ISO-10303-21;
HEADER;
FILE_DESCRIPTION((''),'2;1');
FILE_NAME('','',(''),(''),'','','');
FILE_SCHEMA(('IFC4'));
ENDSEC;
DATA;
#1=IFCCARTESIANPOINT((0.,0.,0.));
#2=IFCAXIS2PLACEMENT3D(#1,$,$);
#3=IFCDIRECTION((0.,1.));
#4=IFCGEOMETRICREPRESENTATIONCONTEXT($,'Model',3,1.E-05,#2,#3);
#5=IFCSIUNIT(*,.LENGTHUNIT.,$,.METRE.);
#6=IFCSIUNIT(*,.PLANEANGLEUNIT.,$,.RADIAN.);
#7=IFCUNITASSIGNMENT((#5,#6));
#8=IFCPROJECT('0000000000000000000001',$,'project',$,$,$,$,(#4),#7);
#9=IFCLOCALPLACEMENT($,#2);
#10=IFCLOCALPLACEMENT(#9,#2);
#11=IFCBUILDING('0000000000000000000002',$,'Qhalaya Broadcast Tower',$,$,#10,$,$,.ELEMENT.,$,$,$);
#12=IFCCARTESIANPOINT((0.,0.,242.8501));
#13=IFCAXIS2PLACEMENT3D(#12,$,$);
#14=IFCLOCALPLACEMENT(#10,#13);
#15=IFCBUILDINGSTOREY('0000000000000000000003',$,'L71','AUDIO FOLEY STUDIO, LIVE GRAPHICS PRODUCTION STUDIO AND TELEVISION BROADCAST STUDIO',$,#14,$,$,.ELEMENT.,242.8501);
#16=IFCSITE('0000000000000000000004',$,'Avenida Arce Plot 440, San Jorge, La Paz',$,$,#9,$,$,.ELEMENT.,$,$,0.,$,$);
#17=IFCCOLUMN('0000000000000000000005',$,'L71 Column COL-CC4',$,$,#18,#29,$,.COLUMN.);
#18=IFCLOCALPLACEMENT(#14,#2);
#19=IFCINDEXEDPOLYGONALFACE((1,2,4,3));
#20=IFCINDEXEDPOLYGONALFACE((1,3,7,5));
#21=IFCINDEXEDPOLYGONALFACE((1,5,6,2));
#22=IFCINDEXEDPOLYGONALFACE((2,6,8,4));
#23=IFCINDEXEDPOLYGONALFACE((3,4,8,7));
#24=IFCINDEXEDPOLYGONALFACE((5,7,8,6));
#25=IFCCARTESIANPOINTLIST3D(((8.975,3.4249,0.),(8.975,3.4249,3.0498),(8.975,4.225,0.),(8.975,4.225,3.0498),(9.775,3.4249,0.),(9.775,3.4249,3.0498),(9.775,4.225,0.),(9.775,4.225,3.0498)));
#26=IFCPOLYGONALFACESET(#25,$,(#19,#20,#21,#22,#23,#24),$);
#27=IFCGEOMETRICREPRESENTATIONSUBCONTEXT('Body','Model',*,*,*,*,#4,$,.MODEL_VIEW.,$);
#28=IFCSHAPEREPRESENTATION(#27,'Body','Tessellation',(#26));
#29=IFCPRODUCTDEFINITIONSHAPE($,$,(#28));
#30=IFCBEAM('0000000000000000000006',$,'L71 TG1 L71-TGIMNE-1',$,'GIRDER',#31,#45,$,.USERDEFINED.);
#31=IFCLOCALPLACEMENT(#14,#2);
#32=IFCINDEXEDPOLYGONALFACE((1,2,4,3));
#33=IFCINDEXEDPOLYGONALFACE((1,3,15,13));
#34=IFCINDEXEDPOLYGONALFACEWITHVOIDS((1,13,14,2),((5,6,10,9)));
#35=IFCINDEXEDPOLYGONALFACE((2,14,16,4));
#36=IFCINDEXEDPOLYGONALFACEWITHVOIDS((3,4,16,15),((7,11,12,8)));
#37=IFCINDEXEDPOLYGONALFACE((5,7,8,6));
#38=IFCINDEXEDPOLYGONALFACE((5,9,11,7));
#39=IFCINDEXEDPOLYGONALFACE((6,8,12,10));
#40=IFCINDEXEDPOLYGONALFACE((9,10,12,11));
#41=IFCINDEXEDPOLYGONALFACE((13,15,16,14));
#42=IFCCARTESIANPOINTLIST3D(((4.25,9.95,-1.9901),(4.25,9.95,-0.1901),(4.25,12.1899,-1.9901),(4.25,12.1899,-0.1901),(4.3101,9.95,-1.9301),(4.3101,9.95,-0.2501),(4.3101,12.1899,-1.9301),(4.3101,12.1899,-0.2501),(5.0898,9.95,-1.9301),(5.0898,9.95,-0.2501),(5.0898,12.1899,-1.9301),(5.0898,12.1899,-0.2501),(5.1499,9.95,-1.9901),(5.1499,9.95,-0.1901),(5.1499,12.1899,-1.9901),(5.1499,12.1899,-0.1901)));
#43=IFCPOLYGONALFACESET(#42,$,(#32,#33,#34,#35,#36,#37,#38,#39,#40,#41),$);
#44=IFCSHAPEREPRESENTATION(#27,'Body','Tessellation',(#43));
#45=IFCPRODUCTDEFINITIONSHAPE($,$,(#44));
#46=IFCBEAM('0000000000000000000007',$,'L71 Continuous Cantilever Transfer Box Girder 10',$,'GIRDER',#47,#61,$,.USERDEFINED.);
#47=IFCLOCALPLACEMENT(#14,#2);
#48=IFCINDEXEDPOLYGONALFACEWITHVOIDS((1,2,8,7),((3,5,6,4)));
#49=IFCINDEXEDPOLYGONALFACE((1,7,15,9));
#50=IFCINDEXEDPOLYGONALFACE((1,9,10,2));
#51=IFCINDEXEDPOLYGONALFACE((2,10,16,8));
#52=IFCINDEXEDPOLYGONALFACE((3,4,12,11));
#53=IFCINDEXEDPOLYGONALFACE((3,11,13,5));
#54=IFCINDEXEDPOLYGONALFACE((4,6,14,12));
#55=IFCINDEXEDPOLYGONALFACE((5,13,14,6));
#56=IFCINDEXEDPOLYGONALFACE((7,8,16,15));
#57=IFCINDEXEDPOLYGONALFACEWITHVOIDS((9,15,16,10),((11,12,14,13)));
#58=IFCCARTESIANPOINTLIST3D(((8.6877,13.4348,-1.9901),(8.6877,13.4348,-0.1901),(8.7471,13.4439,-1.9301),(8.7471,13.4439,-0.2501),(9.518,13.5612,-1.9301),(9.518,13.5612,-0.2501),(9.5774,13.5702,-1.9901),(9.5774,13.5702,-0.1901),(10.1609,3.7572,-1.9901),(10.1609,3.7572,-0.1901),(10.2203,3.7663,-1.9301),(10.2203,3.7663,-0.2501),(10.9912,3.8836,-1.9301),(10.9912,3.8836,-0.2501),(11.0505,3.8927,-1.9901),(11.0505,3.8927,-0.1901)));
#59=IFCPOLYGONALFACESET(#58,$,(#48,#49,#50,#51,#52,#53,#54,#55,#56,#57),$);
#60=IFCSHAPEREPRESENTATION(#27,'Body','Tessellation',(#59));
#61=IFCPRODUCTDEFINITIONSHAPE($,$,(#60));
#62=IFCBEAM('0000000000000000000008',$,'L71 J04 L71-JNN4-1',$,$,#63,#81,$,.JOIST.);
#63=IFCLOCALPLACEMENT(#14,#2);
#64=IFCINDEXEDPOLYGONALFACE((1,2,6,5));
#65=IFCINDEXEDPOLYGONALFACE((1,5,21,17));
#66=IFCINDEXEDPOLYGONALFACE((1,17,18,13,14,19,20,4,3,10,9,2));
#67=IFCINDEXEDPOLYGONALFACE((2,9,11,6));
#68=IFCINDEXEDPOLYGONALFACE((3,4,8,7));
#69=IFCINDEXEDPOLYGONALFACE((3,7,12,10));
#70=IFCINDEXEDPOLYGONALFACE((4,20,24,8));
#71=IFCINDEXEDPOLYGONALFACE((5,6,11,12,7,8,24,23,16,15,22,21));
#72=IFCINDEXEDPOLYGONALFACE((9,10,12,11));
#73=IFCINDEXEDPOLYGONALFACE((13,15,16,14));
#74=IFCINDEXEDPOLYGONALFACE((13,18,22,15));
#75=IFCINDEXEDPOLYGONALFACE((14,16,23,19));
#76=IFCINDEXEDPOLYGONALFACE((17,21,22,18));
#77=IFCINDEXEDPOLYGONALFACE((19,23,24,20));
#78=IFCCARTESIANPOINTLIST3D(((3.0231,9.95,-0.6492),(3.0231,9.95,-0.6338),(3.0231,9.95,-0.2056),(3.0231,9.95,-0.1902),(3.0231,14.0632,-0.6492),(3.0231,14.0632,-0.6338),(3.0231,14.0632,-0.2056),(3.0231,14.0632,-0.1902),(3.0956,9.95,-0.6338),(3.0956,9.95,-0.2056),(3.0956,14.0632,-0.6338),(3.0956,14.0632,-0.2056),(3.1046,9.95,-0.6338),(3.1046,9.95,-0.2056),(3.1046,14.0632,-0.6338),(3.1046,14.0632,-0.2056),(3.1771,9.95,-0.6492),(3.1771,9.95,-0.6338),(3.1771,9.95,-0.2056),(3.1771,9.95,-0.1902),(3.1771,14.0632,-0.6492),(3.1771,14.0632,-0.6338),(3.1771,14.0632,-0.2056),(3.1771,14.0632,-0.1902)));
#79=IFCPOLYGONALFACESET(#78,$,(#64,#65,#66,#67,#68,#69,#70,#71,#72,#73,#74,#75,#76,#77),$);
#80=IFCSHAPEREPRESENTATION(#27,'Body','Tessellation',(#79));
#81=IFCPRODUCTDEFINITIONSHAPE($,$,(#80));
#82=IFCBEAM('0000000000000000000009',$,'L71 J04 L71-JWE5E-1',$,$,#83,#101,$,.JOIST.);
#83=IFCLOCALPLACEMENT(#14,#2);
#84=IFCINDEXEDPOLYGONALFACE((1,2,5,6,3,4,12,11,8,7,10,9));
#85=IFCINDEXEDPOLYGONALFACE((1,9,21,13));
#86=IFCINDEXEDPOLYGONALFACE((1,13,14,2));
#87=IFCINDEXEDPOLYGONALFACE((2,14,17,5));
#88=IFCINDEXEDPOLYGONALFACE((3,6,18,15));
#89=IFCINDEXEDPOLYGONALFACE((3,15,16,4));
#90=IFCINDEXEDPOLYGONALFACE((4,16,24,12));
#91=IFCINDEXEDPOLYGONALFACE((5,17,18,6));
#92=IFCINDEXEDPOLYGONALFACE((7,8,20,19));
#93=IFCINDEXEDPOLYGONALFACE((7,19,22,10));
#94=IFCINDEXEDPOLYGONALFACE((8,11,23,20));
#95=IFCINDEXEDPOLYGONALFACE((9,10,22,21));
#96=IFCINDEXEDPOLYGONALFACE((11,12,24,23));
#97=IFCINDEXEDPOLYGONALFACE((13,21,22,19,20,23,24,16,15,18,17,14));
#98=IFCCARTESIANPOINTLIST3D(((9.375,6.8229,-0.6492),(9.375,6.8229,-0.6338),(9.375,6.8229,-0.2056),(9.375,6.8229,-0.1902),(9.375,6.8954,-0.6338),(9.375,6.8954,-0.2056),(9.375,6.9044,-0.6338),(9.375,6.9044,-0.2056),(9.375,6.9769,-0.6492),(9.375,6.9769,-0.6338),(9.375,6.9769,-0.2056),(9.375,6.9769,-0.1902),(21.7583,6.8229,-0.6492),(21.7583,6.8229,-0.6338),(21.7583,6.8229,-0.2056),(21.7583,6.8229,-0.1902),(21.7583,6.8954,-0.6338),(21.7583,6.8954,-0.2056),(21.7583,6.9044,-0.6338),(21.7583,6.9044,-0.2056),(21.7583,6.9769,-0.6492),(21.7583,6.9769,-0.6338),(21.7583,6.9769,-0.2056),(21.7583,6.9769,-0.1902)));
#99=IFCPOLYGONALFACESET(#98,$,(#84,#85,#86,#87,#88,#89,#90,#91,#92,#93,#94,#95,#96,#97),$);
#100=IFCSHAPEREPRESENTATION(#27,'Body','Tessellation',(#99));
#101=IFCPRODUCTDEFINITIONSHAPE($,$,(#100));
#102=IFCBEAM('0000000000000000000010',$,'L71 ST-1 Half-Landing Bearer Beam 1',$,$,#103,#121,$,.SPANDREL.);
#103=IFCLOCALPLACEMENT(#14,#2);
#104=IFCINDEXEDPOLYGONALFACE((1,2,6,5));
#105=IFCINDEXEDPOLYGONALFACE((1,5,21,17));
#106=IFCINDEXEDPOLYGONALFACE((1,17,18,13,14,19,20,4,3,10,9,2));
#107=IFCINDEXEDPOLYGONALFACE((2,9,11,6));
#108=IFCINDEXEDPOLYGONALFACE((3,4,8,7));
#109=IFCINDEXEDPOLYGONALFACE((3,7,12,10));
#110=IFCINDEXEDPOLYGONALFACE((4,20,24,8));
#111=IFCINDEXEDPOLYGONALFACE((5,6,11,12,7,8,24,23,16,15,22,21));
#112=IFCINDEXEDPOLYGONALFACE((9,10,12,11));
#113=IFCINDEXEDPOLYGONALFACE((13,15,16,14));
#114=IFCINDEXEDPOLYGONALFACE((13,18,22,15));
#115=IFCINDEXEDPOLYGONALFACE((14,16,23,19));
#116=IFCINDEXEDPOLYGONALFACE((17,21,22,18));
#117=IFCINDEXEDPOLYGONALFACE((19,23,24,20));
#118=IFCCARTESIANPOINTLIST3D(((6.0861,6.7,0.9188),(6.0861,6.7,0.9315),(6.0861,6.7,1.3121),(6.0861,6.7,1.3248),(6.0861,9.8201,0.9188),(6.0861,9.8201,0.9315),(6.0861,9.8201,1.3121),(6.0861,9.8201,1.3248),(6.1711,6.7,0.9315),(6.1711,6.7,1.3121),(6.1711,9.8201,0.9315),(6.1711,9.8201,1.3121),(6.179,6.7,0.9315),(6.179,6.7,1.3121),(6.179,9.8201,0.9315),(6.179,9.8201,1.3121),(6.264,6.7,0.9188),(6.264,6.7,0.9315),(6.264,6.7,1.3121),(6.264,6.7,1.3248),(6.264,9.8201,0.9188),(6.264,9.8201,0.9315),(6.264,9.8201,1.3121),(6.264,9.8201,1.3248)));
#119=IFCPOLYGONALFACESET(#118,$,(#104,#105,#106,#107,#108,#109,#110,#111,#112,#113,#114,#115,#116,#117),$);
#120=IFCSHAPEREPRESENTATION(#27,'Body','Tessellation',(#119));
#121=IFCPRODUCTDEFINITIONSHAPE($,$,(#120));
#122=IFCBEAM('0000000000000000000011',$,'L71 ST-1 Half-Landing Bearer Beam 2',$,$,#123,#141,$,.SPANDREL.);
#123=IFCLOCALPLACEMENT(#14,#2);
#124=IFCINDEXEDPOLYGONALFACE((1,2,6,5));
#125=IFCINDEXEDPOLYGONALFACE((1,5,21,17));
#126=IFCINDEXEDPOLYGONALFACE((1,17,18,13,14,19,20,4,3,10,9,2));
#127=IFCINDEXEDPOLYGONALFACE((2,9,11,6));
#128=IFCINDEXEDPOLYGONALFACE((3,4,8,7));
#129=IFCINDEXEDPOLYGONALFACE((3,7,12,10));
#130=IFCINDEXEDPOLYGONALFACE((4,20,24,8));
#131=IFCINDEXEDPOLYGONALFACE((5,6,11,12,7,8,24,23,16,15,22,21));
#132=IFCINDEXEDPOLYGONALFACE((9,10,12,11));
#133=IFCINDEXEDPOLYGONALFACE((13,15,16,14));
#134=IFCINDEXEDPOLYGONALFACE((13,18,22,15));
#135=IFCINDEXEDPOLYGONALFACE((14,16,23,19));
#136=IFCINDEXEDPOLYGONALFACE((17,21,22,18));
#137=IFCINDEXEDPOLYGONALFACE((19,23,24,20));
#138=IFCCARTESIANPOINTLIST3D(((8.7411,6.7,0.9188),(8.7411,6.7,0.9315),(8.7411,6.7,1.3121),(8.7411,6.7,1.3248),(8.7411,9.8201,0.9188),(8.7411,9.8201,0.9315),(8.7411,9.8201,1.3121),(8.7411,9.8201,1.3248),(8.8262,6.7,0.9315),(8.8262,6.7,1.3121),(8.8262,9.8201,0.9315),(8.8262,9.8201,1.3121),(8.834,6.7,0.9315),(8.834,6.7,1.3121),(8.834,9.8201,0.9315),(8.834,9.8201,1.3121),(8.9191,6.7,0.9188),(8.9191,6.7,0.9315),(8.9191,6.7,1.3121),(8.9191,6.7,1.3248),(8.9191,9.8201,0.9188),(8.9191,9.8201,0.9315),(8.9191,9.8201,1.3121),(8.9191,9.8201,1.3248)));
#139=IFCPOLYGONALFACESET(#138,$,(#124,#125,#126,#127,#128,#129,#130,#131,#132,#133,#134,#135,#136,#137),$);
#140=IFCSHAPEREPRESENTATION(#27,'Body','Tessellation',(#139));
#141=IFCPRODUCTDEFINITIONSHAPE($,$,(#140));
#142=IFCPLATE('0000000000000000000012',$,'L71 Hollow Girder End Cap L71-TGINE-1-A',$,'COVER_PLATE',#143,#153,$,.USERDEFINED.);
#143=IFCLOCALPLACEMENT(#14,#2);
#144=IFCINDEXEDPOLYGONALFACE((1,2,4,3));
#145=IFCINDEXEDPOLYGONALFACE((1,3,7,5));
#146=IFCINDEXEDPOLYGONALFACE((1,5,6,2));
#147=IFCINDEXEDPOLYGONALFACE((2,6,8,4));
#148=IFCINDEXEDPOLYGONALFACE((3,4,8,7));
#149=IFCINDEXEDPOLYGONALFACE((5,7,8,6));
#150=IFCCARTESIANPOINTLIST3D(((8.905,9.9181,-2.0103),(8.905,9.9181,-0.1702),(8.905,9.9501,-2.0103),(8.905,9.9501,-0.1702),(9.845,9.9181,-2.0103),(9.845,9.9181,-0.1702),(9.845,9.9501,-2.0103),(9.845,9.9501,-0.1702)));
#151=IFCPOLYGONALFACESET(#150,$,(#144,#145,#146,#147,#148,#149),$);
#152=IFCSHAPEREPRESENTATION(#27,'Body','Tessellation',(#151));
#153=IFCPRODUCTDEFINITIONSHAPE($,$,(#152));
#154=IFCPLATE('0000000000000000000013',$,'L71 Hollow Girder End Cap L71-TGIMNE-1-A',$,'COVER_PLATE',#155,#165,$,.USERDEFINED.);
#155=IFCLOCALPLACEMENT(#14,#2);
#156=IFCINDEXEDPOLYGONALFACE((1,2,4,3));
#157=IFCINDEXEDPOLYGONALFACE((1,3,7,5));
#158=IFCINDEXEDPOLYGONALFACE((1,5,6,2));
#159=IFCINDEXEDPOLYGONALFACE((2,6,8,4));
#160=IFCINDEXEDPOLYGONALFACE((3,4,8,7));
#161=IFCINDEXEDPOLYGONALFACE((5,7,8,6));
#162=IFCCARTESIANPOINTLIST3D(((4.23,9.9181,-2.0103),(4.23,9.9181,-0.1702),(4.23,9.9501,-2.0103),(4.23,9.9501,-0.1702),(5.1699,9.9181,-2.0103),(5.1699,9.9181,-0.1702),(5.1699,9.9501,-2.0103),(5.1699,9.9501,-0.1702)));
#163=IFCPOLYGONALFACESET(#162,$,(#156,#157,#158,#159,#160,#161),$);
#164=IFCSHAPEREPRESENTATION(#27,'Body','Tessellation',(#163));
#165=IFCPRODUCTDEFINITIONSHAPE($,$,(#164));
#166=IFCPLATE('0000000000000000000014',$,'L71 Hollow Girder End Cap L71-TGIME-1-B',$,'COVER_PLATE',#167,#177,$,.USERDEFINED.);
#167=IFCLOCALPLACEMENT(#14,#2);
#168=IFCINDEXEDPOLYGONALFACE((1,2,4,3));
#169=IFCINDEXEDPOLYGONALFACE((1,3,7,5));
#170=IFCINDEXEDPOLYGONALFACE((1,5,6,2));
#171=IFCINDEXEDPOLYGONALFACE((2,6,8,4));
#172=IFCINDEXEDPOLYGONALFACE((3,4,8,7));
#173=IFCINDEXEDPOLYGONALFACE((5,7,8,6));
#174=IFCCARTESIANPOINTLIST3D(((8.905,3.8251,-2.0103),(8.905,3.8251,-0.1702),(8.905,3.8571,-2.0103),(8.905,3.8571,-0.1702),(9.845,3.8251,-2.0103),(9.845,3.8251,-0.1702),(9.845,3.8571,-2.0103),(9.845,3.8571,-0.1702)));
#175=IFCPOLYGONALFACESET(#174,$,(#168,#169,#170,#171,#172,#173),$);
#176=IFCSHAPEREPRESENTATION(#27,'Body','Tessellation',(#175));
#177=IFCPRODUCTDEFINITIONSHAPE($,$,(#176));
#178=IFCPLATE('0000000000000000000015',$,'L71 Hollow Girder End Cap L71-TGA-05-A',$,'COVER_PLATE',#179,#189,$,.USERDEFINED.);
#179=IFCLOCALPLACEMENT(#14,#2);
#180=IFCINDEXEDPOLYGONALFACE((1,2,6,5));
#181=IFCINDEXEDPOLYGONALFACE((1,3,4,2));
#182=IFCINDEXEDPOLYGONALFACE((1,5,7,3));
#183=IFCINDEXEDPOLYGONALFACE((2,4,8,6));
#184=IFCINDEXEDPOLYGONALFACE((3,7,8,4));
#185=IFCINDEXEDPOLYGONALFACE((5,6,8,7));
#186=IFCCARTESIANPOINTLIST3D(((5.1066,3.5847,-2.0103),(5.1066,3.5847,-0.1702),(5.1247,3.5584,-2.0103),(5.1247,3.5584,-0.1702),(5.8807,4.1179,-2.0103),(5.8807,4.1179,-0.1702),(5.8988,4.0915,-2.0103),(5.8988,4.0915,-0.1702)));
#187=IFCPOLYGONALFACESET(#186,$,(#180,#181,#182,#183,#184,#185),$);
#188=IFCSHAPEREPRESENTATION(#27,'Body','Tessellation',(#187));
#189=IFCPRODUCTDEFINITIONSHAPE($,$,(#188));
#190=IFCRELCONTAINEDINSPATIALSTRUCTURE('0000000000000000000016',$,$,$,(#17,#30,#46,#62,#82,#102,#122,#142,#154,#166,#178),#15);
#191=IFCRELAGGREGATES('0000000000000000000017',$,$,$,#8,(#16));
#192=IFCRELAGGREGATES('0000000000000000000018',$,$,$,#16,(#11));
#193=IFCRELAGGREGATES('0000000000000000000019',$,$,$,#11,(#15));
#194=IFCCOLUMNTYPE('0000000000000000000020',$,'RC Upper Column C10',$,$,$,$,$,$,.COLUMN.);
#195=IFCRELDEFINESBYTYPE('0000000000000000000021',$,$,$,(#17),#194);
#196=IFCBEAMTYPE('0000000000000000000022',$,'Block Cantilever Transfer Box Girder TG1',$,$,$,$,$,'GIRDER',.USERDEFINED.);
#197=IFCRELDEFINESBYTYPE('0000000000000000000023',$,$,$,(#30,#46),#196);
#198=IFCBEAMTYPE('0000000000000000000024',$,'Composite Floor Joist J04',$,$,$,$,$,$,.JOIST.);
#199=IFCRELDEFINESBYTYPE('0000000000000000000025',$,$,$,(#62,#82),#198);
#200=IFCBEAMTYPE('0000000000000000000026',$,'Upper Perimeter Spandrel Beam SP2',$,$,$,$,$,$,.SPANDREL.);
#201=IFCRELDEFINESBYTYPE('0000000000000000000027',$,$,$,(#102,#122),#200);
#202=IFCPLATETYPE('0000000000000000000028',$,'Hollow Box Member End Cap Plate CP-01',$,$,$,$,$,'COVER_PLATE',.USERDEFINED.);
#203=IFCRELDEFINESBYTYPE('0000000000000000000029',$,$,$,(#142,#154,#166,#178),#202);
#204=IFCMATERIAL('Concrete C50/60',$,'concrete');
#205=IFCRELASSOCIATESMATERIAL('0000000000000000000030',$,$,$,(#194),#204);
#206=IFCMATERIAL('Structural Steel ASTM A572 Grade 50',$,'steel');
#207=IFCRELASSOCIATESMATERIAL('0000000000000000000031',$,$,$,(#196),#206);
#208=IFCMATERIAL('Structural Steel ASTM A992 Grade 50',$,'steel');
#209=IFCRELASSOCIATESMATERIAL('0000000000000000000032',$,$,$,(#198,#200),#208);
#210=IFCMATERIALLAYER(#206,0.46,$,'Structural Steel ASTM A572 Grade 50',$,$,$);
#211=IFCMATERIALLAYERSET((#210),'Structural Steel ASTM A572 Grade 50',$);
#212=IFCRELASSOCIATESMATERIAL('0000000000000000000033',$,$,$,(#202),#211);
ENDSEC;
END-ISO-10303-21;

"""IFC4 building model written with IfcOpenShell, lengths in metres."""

from ifc_helpers import new_model, si_unit, direction, frame, origin, origin_2d, place, context, subcontext, project, spatial, rectangle, hollow_rectangle, i_section, extrude, material, layer, layer_set, material_profile, profile_set, type_object, element, save


model = new_model("IFC4")

# Units and contexts
model_context = context("Model", 3, precision=1e-05, world=origin(), true_north=direction((0.0, 1.0)))
body_context = subcontext(model_context, "Body", "Model", "MODEL_VIEW")
ifc_project = project(units=[si_unit("LENGTHUNIT", "METRE"), si_unit("PLANEANGLEUNIT", "RADIAN")], contexts=[model_context])

# Site, building, storey
site_placement = place(None, origin())
site = spatial("IfcSite", under=ifc_project, at=site_placement, Name="Avenida Arce Plot 440, San Jorge, La Paz", CompositionType="ELEMENT", RefElevation=0.0)
building_placement = place(site_placement, origin())
building = spatial("IfcBuilding", under=site, at=building_placement, Name="Qhalaya Broadcast Tower", CompositionType="ELEMENT")
storey_placement = place(building_placement, frame((0.0, 0.0, 242.8501)))
storey = spatial("IfcBuildingStorey", under=building, at=storey_placement, Name="L71", Description="AUDIO FOLEY STUDIO, LIVE GRAPHICS PRODUCTION STUDIO AND TELEVISION BROADCAST STUDIO", CompositionType="ELEMENT", Elevation=242.8501)

# Column
ifc_material_1 = material(Name="Concrete C50/60", Category="concrete")
ifc_material_profile_1 = material_profile(ifc_material_1, rectangle(XDim=0.8, YDim=0.8, at=origin_2d()), Name="RC-COL 800x800")
ifc_profile_set_1 = profile_set([ifc_material_profile_1], Name="Concrete C50/60")
column_type = type_object("IfcColumnType", Name="RC Upper Column C10", PredefinedType="COLUMN", material=ifc_profile_set_1)
column_placement = place(storey_placement, frame((9.375, 3.825, 0.0), z_axis=(0.0, 0.0, 1.0), x_axis=(1.0, 0.0, 0.0)))
element("IfcColumn", 1, at=column_placement, inside=storey, type_object=column_type, Name="L71 Column COL-CC4", PredefinedType="COLUMN", context=body_context, shape_type="SweptSolid", body=[
    extrude(rectangle(XDim=0.8, YDim=0.8, at=origin_2d()), origin(), (0.0, 0.0, 1.0), 3.0498),
])

# Beams
ifc_material_2 = material(Name="Structural Steel ASTM A572 Grade 50", Category="steel")
ifc_material_profile_2 = material_profile(ifc_material_2, hollow_rectangle(XDim=0.8999, YDim=1.8, WallThickness=0.0601, at=origin_2d()), Name="BOX 900x1800x60")
ifc_profile_set_2 = profile_set([ifc_material_profile_2], Name="Structural Steel ASTM A572 Grade 50")
beam_type_1 = type_object("IfcBeamType", Name="Block Cantilever Transfer Box Girder TG1", ElementType="GIRDER", PredefinedType="USERDEFINED", material=ifc_profile_set_2)
beam_1_placement = place(storey_placement, frame((4.7, 9.95, -1.0901), z_axis=(0.0, 1.0, 0.0), x_axis=(-1.0, 0.0, 0.0)))
element("IfcBeam", 2, at=beam_1_placement, inside=storey, type_object=beam_type_1, Name="L71 TG1 L71-TGIMNE-1", ObjectType="GIRDER", PredefinedType="USERDEFINED", context=body_context, shape_type="SweptSolid", body=[
    extrude(hollow_rectangle(XDim=0.8999, YDim=1.8, WallThickness=0.0601, at=origin_2d()), origin(), (0.0, 0.0, 1.0), 2.24),
])
beam_2_placement = place(storey_placement, frame((10.6057, 3.825, -1.0901), z_axis=(-0.15049, 0.988611, 0.0), x_axis=(-0.988611, -0.15049, 0.0)))
element("IfcBeam", 3, at=beam_2_placement, inside=storey, type_object=beam_type_1, Name="L71 Continuous Cantilever Transfer Box Girder 10", ObjectType="GIRDER", PredefinedType="USERDEFINED", context=body_context, shape_type="SweptSolid", body=[
    extrude(hollow_rectangle(XDim=0.8999, YDim=1.8, WallThickness=0.0601, at=origin_2d()), origin(), (0.0, 0.0, 1.0), 9.7891),
])
ifc_material_3 = material(Name="Structural Steel ASTM A992 Grade 50", Category="steel")
ifc_material_profile_3 = material_profile(ifc_material_3, i_section(OverallWidth=0.1541, OverallDepth=0.459, WebThickness=0.009, FlangeThickness=0.0154, at=origin_2d()), Name="W18X46")
ifc_profile_set_3 = profile_set([ifc_material_profile_3], Name="Structural Steel ASTM A992 Grade 50")
beam_type_2 = type_object("IfcBeamType", Name="Composite Floor Joist J04", PredefinedType="JOIST", material=ifc_profile_set_3)
beam_3_placement = place(storey_placement, frame((3.1001, 9.95, -0.4197), z_axis=(0.0, 1.0, 0.0), x_axis=(-1.0, 0.0, 0.0)))
element("IfcBeam", 4, at=beam_3_placement, inside=storey, type_object=beam_type_2, Name="L71 J04 L71-JNN4-1", PredefinedType="JOIST", context=body_context, shape_type="SweptSolid", body=[
    extrude(i_section(OverallWidth=0.1541, OverallDepth=0.459, WebThickness=0.009, FlangeThickness=0.0154, at=origin_2d()), origin(), (0.0, 0.0, 1.0), 4.1133),
])
beam_4_placement = place(storey_placement, frame((9.375, 6.8999, -0.4197), z_axis=(1.0, 0.0, 0.0), x_axis=(0.0, 1.0, 0.0)))
element("IfcBeam", 5, at=beam_4_placement, inside=storey, type_object=beam_type_2, Name="L71 J04 L71-JWE5E-1", PredefinedType="JOIST", context=body_context, shape_type="SweptSolid", body=[
    extrude(i_section(OverallWidth=0.1541, OverallDepth=0.459, WebThickness=0.009, FlangeThickness=0.0154, at=origin_2d()), origin(), (0.0, 0.0, 1.0), 12.3833),
])
ifc_material_profile_4 = material_profile(ifc_material_3, i_section(OverallWidth=0.178, OverallDepth=0.406, WebThickness=0.0078, FlangeThickness=0.0127, at=origin_2d()), Name="W16X40")
ifc_profile_set_4 = profile_set([ifc_material_profile_4], Name="Structural Steel ASTM A992 Grade 50")
beam_type_3 = type_object("IfcBeamType", Name="Upper Perimeter Spandrel Beam SP2", PredefinedType="SPANDREL", material=ifc_profile_set_4)
for number, where, z_axis, x_axis, name in (
    (6, (6.175, 6.7, 1.1218), (0.0, 1.0, 0.0), (-1.0, 0.0, 0.0), "L71 ST-1 Half-Landing Bearer Beam 1"),
    (7, (8.8301, 6.7, 1.1218), (0.0, 1.0, 0.0), (-1.0, 0.0, 0.0), "L71 ST-1 Half-Landing Bearer Beam 2"),
):
    element("IfcBeam", number, at=place(storey_placement, frame(where, z_axis=z_axis, x_axis=x_axis)), inside=storey, type_object=beam_type_3, Name=name, PredefinedType="SPANDREL", context=body_context, shape_type="SweptSolid", body=[
        extrude(i_section(OverallWidth=0.178, OverallDepth=0.406, WebThickness=0.0078, FlangeThickness=0.0127, at=origin_2d()), origin(), (0.0, 0.0, 1.0), 3.1201),
    ])

# Plates
ifc_layer = layer(ifc_material_2, 0.46, Name="Structural Steel ASTM A572 Grade 50")
ifc_layer_set = layer_set([ifc_layer], Name="Structural Steel ASTM A572 Grade 50")
plate_type = type_object("IfcPlateType", Name="Hollow Box Member End Cap Plate CP-01", ElementType="COVER_PLATE", PredefinedType="USERDEFINED", material=ifc_layer_set)
for number, where, z_axis, x_axis, name in (
    (8, (9.375, 9.9341, -2.0103), (0.0, 0.0, 1.0), (-1.0, 0.0, 0.0), "L71 Hollow Girder End Cap L71-TGINE-1-A"),
    (9, (4.7, 9.9341, -2.0103), (0.0, 0.0, 1.0), (-1.0, 0.0, 0.0), "L71 Hollow Girder End Cap L71-TGIMNE-1-A"),
    (10, (9.375, 3.8411, -2.0103), (0.0, 0.0, 1.0), (-1.0, 0.0, 0.0), "L71 Hollow Girder End Cap L71-TGIME-1-B"),
    (11, (5.5027, 3.8381, -2.0103), (0.0, 0.0, 1.0), (0.823582, 0.567197, 0.0), "L71 Hollow Girder End Cap L71-TGA-05-A"),
):
    element("IfcPlate", number, at=place(storey_placement, frame(where, z_axis=z_axis, x_axis=x_axis)), inside=storey, type_object=plate_type, Name=name, ObjectType="COVER_PLATE", PredefinedType="USERDEFINED", context=body_context, shape_type="SweptSolid", body=[
        extrude(rectangle(XDim=0.9399, YDim=0.032, at=origin_2d()), origin(), (0.0, 0.0, 1.0), 1.8401),
    ])

save(model, "model.ifc")
